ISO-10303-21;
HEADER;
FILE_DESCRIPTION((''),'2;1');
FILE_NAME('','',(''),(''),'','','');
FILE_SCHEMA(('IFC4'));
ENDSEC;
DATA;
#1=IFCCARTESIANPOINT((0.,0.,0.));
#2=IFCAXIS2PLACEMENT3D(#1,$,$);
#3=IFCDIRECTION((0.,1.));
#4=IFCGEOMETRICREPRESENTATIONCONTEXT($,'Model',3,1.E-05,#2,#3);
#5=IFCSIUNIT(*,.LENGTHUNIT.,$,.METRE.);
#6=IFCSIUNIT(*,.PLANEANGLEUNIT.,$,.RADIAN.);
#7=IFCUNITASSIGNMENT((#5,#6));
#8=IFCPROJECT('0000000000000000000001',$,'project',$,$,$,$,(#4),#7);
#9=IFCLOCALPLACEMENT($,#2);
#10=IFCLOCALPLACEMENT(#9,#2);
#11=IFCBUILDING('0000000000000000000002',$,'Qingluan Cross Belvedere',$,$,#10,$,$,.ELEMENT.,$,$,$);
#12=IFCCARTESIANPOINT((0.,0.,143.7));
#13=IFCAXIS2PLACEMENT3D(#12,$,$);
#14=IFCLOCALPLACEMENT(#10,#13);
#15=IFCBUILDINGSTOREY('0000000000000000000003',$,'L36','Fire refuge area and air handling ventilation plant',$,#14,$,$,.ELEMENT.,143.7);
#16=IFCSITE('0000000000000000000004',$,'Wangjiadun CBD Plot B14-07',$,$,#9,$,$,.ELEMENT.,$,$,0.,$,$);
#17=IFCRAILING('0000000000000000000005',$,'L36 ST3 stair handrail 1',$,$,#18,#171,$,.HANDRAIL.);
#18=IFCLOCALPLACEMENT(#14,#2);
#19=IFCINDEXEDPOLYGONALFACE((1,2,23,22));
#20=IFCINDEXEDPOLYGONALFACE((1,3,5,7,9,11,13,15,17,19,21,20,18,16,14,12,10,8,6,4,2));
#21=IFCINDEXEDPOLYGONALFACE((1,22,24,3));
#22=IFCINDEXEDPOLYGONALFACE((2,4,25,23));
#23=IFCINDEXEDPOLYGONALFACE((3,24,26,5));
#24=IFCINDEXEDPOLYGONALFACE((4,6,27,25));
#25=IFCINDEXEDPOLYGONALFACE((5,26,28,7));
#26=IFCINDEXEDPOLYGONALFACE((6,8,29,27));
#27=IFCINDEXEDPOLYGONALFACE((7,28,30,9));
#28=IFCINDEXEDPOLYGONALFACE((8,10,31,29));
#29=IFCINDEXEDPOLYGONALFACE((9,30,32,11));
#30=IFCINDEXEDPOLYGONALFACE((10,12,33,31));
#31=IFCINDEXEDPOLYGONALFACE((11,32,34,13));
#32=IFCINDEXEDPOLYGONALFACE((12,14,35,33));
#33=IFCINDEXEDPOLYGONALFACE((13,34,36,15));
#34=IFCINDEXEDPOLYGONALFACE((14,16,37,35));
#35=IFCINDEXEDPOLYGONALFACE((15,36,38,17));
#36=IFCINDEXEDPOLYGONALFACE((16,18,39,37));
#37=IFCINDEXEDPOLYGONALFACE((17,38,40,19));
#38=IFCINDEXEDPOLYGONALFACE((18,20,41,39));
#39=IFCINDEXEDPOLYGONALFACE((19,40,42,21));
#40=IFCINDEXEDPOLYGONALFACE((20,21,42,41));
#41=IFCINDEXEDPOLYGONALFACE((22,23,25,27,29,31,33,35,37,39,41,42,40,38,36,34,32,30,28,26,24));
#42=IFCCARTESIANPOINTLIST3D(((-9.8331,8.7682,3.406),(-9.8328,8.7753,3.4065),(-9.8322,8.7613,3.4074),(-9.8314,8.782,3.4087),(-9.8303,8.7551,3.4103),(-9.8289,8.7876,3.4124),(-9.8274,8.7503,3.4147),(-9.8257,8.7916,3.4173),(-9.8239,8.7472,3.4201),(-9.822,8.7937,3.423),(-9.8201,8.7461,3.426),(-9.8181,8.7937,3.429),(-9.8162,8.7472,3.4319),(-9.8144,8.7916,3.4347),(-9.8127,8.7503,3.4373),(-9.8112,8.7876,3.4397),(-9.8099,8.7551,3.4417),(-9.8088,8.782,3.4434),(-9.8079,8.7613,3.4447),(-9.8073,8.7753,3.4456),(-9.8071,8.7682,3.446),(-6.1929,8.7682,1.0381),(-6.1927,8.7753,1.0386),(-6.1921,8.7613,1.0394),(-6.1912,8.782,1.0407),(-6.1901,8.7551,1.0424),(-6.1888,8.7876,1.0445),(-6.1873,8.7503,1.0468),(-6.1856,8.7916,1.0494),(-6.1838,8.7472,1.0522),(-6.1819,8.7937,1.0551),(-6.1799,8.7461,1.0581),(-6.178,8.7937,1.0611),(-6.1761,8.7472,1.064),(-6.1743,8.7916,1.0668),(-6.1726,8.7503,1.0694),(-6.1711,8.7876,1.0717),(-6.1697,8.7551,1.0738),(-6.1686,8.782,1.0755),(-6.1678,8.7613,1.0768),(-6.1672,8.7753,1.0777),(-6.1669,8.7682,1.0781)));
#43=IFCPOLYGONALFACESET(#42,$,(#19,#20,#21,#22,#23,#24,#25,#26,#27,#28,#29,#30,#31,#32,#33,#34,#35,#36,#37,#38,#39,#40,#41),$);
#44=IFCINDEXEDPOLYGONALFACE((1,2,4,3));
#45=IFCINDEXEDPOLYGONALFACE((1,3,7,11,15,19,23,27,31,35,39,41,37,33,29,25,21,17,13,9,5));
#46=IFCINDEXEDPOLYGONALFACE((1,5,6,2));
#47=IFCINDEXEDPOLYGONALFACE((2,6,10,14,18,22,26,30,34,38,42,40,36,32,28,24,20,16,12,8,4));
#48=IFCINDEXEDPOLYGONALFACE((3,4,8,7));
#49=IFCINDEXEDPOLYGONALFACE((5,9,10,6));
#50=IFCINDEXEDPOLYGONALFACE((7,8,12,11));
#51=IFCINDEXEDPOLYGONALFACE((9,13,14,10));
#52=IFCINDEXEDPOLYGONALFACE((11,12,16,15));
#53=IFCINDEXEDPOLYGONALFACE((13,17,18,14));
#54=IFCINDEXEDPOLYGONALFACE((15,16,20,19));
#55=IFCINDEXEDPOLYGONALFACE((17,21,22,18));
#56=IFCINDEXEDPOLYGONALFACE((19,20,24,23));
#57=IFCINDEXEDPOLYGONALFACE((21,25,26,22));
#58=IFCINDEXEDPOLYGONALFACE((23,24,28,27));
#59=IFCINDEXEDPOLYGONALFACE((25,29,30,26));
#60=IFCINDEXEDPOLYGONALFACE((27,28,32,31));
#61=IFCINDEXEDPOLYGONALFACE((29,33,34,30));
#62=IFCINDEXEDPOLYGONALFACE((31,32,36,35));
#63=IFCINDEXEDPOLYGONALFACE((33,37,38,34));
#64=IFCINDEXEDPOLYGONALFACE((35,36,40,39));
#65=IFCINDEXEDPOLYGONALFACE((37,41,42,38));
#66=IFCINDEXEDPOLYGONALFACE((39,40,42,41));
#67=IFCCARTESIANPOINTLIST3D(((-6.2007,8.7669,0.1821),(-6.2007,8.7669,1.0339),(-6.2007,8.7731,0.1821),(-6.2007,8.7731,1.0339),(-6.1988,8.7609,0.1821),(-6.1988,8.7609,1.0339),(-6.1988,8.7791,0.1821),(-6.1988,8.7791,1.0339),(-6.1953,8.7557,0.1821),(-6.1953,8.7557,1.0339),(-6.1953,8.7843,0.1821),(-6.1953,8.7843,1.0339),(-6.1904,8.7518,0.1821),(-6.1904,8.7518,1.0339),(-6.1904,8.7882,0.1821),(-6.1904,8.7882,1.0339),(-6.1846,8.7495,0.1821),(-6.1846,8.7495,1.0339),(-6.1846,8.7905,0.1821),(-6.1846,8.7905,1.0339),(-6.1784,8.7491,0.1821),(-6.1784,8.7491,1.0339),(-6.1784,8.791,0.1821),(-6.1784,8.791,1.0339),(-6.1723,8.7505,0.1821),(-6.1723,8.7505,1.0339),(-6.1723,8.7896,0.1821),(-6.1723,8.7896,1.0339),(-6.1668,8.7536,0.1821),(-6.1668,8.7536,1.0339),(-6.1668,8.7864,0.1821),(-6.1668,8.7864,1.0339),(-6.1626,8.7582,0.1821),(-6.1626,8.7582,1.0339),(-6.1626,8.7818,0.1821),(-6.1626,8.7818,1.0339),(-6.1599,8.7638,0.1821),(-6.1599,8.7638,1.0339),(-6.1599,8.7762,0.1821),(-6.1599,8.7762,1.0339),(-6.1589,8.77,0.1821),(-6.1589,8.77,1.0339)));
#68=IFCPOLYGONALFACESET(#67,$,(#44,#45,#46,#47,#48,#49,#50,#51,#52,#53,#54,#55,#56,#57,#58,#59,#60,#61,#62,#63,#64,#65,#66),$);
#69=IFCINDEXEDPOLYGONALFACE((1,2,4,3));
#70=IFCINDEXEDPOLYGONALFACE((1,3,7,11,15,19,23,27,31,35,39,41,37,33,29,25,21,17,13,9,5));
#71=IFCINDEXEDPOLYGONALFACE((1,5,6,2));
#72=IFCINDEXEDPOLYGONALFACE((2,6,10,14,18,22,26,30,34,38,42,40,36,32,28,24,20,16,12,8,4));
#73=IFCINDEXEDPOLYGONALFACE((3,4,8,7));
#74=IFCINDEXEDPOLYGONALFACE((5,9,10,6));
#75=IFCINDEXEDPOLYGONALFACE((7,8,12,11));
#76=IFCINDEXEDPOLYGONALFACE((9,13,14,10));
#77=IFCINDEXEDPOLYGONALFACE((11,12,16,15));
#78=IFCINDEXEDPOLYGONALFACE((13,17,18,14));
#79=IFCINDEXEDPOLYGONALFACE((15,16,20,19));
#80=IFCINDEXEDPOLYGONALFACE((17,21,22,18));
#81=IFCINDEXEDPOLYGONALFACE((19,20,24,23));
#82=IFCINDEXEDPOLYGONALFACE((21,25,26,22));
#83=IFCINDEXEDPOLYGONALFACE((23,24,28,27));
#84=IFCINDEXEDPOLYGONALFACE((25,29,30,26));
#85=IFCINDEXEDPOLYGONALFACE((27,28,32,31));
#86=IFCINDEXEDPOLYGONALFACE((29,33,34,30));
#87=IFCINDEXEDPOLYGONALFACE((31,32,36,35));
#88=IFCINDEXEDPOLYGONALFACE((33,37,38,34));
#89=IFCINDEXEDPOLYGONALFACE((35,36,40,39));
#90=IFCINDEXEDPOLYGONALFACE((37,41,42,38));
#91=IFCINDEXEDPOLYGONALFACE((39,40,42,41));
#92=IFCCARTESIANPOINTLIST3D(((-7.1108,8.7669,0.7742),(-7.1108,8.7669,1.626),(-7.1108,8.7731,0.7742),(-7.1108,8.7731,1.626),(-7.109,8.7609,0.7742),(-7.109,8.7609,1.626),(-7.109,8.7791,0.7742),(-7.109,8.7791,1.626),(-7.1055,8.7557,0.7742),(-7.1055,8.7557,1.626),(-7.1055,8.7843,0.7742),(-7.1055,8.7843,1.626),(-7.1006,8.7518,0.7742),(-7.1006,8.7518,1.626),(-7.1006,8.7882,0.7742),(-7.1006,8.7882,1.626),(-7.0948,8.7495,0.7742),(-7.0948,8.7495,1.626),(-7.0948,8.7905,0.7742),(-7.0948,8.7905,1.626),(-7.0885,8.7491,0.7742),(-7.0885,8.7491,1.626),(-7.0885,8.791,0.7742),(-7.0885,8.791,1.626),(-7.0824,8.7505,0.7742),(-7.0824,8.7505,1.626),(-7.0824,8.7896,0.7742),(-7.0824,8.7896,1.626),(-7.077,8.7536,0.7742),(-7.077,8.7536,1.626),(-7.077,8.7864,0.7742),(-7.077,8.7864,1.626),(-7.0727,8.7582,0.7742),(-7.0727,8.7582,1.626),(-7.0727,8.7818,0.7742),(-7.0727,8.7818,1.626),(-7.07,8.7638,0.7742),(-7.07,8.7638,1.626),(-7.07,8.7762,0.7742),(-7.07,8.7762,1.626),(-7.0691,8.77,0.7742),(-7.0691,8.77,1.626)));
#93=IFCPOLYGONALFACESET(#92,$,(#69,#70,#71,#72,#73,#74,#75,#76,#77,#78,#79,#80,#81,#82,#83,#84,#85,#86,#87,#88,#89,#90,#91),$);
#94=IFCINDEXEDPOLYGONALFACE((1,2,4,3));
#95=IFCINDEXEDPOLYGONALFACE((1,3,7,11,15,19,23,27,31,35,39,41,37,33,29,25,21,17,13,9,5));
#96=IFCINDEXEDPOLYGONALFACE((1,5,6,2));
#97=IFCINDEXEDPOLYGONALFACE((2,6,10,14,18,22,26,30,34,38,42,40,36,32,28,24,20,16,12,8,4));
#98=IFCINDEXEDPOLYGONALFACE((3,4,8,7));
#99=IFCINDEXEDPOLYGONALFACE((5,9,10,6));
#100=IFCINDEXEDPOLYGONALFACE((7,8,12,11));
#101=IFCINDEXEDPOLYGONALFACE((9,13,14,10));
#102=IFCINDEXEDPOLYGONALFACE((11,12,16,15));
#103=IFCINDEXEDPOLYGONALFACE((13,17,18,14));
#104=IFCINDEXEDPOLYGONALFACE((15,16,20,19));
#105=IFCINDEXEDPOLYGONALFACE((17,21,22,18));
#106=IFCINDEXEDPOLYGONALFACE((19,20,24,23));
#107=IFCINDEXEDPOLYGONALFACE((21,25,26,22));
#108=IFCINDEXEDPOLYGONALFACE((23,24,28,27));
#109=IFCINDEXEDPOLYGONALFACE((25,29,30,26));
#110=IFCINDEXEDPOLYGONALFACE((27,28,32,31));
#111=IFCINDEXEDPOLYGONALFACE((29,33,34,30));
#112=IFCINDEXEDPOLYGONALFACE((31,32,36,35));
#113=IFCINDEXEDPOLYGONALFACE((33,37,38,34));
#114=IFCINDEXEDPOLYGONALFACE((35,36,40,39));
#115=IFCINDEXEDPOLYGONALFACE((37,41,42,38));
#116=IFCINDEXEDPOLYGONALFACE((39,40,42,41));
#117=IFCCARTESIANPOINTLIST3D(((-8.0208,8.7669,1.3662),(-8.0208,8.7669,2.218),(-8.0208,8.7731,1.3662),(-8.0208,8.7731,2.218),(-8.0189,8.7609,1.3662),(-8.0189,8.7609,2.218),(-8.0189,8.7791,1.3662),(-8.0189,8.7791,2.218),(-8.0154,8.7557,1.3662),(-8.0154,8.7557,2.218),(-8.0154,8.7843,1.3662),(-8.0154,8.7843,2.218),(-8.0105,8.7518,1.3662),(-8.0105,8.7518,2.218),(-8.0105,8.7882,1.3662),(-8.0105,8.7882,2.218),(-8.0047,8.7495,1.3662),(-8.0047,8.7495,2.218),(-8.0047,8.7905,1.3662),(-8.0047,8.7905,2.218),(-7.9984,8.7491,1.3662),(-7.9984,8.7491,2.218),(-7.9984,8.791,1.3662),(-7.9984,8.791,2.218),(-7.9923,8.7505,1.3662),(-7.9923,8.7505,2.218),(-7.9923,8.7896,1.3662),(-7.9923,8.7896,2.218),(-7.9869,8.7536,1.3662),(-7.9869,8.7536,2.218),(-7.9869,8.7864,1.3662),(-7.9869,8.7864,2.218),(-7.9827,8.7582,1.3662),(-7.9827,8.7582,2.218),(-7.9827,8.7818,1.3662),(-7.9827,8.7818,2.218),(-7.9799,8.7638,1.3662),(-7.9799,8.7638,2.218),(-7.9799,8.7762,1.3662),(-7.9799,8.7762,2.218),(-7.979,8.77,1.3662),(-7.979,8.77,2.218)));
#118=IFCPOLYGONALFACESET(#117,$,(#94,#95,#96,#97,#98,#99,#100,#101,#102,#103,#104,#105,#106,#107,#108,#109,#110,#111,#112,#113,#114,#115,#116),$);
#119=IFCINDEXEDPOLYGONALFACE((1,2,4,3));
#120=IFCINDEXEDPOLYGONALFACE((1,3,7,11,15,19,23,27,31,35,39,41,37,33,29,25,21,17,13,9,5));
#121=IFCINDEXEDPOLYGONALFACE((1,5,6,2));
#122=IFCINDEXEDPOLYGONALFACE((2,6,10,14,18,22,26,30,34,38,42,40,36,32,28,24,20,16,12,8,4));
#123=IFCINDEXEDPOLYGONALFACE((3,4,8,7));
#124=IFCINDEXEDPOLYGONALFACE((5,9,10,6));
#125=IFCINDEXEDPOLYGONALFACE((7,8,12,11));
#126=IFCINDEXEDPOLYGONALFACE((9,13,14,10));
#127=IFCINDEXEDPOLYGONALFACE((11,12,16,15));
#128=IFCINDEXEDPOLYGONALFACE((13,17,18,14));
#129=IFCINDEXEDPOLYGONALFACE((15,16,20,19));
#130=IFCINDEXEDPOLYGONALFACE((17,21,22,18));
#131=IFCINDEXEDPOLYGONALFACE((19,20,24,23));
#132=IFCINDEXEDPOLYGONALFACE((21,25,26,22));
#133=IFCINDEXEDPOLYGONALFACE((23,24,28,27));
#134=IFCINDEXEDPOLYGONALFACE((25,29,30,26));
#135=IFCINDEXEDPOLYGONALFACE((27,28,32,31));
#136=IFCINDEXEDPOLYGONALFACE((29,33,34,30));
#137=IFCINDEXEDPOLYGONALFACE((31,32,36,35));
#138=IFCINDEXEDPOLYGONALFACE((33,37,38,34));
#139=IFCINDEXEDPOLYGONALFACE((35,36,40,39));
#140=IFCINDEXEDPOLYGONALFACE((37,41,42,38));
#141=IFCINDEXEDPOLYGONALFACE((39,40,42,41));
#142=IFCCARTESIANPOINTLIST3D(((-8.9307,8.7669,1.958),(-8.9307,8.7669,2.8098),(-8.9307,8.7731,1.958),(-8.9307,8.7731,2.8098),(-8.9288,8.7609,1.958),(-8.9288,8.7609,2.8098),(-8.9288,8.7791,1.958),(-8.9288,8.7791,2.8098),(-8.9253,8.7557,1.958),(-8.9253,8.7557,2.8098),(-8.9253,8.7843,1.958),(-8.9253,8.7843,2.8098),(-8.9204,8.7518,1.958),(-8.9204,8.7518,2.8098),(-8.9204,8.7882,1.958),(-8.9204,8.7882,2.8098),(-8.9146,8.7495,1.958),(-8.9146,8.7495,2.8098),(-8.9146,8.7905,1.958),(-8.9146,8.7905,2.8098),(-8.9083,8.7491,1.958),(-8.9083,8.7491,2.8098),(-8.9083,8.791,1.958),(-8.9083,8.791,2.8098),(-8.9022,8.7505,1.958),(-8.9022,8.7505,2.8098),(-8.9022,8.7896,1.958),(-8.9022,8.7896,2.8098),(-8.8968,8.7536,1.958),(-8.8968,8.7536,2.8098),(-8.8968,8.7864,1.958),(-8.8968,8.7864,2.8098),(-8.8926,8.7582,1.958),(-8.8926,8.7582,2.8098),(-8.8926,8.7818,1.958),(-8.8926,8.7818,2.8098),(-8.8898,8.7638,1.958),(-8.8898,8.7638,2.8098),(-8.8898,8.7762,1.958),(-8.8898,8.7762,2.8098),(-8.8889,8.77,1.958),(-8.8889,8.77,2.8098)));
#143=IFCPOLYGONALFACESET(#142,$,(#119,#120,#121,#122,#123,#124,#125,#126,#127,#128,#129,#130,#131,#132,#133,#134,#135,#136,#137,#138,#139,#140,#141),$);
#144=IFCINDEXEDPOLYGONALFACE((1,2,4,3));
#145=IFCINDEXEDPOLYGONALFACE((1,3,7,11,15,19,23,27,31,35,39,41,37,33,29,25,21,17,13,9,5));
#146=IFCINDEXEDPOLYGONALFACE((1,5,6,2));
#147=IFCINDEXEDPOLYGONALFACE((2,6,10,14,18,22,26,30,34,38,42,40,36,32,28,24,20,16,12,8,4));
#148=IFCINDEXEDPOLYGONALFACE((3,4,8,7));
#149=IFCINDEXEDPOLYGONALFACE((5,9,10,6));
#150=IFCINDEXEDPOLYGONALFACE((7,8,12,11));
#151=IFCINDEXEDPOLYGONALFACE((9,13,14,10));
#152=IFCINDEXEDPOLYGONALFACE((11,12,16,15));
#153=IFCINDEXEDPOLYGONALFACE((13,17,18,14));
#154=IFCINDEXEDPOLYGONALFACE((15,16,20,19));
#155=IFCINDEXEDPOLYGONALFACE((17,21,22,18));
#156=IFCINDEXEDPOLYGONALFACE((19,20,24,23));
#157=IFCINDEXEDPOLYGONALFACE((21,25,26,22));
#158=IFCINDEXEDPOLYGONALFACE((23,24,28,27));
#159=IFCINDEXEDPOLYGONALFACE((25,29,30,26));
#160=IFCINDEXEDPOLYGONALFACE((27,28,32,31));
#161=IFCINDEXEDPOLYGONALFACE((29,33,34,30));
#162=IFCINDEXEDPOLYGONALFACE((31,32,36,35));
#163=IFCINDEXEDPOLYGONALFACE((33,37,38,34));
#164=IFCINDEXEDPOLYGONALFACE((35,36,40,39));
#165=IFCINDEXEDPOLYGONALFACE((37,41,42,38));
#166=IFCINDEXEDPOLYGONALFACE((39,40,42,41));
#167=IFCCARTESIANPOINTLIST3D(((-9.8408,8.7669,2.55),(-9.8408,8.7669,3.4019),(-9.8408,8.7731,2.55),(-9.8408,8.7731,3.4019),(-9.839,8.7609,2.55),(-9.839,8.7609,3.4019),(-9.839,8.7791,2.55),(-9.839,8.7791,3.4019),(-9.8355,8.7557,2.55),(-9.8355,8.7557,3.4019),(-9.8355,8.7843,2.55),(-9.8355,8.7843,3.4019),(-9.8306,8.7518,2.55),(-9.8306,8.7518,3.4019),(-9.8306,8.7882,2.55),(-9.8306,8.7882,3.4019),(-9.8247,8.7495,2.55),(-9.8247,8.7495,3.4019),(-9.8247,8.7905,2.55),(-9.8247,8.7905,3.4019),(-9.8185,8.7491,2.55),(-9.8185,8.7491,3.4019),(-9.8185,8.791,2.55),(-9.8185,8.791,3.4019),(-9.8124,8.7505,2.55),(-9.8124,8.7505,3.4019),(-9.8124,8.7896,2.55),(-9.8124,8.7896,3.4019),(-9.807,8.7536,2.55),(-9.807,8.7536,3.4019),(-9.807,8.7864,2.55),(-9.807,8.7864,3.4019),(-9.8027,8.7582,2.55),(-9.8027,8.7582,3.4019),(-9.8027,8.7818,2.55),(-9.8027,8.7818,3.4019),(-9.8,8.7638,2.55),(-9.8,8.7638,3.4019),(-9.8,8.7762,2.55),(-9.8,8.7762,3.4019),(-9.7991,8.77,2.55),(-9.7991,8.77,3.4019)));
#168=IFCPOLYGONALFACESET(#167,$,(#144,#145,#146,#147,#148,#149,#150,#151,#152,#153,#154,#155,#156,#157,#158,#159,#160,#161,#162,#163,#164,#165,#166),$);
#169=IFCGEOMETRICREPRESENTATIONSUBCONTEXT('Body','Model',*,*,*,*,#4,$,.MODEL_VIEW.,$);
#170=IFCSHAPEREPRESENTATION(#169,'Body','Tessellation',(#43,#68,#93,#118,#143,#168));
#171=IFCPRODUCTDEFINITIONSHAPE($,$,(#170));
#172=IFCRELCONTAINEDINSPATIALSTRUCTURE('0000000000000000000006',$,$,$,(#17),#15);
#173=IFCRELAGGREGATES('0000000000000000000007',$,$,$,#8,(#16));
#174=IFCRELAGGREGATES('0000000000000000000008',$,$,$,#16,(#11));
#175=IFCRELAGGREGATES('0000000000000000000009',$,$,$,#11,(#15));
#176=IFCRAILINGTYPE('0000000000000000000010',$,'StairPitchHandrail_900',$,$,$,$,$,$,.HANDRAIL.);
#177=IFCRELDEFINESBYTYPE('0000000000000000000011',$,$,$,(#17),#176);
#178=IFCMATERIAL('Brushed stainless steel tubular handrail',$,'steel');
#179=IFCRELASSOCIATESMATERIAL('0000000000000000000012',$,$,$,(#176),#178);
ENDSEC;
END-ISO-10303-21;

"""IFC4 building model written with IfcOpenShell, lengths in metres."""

from ifc_helpers import new_model, si_unit, direction, frame, origin, origin_2d, place, context, subcontext, project, spatial, circle, extrude, material, type_object, element, save


model = new_model("IFC4")

# Units and contexts
model_context = context("Model", 3, precision=1e-05, world=origin(), true_north=direction((0.0, 1.0)))
body_context = subcontext(model_context, "Body", "Model", "MODEL_VIEW")
ifc_project = project(units=[si_unit("LENGTHUNIT", "METRE"), si_unit("PLANEANGLEUNIT", "RADIAN")], contexts=[model_context])

# Site, building, storey
site_placement = place(None, origin())
site = spatial("IfcSite", under=ifc_project, at=site_placement, Name="Wangjiadun CBD Plot B14-07", CompositionType="ELEMENT", RefElevation=0.0)
building_placement = place(site_placement, origin())
building = spatial("IfcBuilding", under=site, at=building_placement, Name="Qingluan Cross Belvedere", CompositionType="ELEMENT")
storey_placement = place(building_placement, frame((0.0, 0.0, 143.7)))
storey = spatial("IfcBuildingStorey", under=building, at=storey_placement, Name="L36", Description="Fire refuge area and air handling ventilation plant", CompositionType="ELEMENT", Elevation=143.7)

# Railing
ifc_material_1 = material(Name="Brushed stainless steel tubular handrail", Category="steel")
railing_type = type_object("IfcRailingType", Name="StairPitchHandrail_900", PredefinedType="HANDRAIL", material=ifc_material_1)
railing_placement = place(storey_placement, frame((-6.1799, 8.77, 0.1821)))
element("IfcRailing", 1, at=railing_placement, inside=storey, type_object=railing_type, Name="L36 ST3 stair handrail 1", PredefinedType="HANDRAIL", context=body_context, shape_type="SweptSolid", body=[
    extrude(circle(Radius=0.0239, at=origin_2d()), frame((0.0, 0.0, 0.876), z_axis=(-0.838251, 0.0, 0.545285), x_axis=(0.0, -1.0, 0.0)), (0.0, 0.0, 1.0), 4.3425),
    extrude(circle(Radius=0.021, at=origin_2d()), origin(), (0.0, 0.0, 1.0), 0.8518),
    extrude(circle(Radius=0.021, at=origin_2d()), frame((-0.9102, 0.0, 0.592)), (0.0, 0.0, 1.0), 0.8518),
    extrude(circle(Radius=0.021, at=origin_2d()), frame((-1.8201, 0.0, 1.1841)), (0.0, 0.0, 1.0), 0.8518),
    extrude(circle(Radius=0.021, at=origin_2d()), frame((-2.73, 0.0, 1.7759)), (0.0, 0.0, 1.0), 0.8518),
    extrude(circle(Radius=0.021, at=origin_2d()), frame((-3.6401, 0.0, 2.3679)), (0.0, 0.0, 1.0), 0.8518),
])

save(model, "model.ifc")
